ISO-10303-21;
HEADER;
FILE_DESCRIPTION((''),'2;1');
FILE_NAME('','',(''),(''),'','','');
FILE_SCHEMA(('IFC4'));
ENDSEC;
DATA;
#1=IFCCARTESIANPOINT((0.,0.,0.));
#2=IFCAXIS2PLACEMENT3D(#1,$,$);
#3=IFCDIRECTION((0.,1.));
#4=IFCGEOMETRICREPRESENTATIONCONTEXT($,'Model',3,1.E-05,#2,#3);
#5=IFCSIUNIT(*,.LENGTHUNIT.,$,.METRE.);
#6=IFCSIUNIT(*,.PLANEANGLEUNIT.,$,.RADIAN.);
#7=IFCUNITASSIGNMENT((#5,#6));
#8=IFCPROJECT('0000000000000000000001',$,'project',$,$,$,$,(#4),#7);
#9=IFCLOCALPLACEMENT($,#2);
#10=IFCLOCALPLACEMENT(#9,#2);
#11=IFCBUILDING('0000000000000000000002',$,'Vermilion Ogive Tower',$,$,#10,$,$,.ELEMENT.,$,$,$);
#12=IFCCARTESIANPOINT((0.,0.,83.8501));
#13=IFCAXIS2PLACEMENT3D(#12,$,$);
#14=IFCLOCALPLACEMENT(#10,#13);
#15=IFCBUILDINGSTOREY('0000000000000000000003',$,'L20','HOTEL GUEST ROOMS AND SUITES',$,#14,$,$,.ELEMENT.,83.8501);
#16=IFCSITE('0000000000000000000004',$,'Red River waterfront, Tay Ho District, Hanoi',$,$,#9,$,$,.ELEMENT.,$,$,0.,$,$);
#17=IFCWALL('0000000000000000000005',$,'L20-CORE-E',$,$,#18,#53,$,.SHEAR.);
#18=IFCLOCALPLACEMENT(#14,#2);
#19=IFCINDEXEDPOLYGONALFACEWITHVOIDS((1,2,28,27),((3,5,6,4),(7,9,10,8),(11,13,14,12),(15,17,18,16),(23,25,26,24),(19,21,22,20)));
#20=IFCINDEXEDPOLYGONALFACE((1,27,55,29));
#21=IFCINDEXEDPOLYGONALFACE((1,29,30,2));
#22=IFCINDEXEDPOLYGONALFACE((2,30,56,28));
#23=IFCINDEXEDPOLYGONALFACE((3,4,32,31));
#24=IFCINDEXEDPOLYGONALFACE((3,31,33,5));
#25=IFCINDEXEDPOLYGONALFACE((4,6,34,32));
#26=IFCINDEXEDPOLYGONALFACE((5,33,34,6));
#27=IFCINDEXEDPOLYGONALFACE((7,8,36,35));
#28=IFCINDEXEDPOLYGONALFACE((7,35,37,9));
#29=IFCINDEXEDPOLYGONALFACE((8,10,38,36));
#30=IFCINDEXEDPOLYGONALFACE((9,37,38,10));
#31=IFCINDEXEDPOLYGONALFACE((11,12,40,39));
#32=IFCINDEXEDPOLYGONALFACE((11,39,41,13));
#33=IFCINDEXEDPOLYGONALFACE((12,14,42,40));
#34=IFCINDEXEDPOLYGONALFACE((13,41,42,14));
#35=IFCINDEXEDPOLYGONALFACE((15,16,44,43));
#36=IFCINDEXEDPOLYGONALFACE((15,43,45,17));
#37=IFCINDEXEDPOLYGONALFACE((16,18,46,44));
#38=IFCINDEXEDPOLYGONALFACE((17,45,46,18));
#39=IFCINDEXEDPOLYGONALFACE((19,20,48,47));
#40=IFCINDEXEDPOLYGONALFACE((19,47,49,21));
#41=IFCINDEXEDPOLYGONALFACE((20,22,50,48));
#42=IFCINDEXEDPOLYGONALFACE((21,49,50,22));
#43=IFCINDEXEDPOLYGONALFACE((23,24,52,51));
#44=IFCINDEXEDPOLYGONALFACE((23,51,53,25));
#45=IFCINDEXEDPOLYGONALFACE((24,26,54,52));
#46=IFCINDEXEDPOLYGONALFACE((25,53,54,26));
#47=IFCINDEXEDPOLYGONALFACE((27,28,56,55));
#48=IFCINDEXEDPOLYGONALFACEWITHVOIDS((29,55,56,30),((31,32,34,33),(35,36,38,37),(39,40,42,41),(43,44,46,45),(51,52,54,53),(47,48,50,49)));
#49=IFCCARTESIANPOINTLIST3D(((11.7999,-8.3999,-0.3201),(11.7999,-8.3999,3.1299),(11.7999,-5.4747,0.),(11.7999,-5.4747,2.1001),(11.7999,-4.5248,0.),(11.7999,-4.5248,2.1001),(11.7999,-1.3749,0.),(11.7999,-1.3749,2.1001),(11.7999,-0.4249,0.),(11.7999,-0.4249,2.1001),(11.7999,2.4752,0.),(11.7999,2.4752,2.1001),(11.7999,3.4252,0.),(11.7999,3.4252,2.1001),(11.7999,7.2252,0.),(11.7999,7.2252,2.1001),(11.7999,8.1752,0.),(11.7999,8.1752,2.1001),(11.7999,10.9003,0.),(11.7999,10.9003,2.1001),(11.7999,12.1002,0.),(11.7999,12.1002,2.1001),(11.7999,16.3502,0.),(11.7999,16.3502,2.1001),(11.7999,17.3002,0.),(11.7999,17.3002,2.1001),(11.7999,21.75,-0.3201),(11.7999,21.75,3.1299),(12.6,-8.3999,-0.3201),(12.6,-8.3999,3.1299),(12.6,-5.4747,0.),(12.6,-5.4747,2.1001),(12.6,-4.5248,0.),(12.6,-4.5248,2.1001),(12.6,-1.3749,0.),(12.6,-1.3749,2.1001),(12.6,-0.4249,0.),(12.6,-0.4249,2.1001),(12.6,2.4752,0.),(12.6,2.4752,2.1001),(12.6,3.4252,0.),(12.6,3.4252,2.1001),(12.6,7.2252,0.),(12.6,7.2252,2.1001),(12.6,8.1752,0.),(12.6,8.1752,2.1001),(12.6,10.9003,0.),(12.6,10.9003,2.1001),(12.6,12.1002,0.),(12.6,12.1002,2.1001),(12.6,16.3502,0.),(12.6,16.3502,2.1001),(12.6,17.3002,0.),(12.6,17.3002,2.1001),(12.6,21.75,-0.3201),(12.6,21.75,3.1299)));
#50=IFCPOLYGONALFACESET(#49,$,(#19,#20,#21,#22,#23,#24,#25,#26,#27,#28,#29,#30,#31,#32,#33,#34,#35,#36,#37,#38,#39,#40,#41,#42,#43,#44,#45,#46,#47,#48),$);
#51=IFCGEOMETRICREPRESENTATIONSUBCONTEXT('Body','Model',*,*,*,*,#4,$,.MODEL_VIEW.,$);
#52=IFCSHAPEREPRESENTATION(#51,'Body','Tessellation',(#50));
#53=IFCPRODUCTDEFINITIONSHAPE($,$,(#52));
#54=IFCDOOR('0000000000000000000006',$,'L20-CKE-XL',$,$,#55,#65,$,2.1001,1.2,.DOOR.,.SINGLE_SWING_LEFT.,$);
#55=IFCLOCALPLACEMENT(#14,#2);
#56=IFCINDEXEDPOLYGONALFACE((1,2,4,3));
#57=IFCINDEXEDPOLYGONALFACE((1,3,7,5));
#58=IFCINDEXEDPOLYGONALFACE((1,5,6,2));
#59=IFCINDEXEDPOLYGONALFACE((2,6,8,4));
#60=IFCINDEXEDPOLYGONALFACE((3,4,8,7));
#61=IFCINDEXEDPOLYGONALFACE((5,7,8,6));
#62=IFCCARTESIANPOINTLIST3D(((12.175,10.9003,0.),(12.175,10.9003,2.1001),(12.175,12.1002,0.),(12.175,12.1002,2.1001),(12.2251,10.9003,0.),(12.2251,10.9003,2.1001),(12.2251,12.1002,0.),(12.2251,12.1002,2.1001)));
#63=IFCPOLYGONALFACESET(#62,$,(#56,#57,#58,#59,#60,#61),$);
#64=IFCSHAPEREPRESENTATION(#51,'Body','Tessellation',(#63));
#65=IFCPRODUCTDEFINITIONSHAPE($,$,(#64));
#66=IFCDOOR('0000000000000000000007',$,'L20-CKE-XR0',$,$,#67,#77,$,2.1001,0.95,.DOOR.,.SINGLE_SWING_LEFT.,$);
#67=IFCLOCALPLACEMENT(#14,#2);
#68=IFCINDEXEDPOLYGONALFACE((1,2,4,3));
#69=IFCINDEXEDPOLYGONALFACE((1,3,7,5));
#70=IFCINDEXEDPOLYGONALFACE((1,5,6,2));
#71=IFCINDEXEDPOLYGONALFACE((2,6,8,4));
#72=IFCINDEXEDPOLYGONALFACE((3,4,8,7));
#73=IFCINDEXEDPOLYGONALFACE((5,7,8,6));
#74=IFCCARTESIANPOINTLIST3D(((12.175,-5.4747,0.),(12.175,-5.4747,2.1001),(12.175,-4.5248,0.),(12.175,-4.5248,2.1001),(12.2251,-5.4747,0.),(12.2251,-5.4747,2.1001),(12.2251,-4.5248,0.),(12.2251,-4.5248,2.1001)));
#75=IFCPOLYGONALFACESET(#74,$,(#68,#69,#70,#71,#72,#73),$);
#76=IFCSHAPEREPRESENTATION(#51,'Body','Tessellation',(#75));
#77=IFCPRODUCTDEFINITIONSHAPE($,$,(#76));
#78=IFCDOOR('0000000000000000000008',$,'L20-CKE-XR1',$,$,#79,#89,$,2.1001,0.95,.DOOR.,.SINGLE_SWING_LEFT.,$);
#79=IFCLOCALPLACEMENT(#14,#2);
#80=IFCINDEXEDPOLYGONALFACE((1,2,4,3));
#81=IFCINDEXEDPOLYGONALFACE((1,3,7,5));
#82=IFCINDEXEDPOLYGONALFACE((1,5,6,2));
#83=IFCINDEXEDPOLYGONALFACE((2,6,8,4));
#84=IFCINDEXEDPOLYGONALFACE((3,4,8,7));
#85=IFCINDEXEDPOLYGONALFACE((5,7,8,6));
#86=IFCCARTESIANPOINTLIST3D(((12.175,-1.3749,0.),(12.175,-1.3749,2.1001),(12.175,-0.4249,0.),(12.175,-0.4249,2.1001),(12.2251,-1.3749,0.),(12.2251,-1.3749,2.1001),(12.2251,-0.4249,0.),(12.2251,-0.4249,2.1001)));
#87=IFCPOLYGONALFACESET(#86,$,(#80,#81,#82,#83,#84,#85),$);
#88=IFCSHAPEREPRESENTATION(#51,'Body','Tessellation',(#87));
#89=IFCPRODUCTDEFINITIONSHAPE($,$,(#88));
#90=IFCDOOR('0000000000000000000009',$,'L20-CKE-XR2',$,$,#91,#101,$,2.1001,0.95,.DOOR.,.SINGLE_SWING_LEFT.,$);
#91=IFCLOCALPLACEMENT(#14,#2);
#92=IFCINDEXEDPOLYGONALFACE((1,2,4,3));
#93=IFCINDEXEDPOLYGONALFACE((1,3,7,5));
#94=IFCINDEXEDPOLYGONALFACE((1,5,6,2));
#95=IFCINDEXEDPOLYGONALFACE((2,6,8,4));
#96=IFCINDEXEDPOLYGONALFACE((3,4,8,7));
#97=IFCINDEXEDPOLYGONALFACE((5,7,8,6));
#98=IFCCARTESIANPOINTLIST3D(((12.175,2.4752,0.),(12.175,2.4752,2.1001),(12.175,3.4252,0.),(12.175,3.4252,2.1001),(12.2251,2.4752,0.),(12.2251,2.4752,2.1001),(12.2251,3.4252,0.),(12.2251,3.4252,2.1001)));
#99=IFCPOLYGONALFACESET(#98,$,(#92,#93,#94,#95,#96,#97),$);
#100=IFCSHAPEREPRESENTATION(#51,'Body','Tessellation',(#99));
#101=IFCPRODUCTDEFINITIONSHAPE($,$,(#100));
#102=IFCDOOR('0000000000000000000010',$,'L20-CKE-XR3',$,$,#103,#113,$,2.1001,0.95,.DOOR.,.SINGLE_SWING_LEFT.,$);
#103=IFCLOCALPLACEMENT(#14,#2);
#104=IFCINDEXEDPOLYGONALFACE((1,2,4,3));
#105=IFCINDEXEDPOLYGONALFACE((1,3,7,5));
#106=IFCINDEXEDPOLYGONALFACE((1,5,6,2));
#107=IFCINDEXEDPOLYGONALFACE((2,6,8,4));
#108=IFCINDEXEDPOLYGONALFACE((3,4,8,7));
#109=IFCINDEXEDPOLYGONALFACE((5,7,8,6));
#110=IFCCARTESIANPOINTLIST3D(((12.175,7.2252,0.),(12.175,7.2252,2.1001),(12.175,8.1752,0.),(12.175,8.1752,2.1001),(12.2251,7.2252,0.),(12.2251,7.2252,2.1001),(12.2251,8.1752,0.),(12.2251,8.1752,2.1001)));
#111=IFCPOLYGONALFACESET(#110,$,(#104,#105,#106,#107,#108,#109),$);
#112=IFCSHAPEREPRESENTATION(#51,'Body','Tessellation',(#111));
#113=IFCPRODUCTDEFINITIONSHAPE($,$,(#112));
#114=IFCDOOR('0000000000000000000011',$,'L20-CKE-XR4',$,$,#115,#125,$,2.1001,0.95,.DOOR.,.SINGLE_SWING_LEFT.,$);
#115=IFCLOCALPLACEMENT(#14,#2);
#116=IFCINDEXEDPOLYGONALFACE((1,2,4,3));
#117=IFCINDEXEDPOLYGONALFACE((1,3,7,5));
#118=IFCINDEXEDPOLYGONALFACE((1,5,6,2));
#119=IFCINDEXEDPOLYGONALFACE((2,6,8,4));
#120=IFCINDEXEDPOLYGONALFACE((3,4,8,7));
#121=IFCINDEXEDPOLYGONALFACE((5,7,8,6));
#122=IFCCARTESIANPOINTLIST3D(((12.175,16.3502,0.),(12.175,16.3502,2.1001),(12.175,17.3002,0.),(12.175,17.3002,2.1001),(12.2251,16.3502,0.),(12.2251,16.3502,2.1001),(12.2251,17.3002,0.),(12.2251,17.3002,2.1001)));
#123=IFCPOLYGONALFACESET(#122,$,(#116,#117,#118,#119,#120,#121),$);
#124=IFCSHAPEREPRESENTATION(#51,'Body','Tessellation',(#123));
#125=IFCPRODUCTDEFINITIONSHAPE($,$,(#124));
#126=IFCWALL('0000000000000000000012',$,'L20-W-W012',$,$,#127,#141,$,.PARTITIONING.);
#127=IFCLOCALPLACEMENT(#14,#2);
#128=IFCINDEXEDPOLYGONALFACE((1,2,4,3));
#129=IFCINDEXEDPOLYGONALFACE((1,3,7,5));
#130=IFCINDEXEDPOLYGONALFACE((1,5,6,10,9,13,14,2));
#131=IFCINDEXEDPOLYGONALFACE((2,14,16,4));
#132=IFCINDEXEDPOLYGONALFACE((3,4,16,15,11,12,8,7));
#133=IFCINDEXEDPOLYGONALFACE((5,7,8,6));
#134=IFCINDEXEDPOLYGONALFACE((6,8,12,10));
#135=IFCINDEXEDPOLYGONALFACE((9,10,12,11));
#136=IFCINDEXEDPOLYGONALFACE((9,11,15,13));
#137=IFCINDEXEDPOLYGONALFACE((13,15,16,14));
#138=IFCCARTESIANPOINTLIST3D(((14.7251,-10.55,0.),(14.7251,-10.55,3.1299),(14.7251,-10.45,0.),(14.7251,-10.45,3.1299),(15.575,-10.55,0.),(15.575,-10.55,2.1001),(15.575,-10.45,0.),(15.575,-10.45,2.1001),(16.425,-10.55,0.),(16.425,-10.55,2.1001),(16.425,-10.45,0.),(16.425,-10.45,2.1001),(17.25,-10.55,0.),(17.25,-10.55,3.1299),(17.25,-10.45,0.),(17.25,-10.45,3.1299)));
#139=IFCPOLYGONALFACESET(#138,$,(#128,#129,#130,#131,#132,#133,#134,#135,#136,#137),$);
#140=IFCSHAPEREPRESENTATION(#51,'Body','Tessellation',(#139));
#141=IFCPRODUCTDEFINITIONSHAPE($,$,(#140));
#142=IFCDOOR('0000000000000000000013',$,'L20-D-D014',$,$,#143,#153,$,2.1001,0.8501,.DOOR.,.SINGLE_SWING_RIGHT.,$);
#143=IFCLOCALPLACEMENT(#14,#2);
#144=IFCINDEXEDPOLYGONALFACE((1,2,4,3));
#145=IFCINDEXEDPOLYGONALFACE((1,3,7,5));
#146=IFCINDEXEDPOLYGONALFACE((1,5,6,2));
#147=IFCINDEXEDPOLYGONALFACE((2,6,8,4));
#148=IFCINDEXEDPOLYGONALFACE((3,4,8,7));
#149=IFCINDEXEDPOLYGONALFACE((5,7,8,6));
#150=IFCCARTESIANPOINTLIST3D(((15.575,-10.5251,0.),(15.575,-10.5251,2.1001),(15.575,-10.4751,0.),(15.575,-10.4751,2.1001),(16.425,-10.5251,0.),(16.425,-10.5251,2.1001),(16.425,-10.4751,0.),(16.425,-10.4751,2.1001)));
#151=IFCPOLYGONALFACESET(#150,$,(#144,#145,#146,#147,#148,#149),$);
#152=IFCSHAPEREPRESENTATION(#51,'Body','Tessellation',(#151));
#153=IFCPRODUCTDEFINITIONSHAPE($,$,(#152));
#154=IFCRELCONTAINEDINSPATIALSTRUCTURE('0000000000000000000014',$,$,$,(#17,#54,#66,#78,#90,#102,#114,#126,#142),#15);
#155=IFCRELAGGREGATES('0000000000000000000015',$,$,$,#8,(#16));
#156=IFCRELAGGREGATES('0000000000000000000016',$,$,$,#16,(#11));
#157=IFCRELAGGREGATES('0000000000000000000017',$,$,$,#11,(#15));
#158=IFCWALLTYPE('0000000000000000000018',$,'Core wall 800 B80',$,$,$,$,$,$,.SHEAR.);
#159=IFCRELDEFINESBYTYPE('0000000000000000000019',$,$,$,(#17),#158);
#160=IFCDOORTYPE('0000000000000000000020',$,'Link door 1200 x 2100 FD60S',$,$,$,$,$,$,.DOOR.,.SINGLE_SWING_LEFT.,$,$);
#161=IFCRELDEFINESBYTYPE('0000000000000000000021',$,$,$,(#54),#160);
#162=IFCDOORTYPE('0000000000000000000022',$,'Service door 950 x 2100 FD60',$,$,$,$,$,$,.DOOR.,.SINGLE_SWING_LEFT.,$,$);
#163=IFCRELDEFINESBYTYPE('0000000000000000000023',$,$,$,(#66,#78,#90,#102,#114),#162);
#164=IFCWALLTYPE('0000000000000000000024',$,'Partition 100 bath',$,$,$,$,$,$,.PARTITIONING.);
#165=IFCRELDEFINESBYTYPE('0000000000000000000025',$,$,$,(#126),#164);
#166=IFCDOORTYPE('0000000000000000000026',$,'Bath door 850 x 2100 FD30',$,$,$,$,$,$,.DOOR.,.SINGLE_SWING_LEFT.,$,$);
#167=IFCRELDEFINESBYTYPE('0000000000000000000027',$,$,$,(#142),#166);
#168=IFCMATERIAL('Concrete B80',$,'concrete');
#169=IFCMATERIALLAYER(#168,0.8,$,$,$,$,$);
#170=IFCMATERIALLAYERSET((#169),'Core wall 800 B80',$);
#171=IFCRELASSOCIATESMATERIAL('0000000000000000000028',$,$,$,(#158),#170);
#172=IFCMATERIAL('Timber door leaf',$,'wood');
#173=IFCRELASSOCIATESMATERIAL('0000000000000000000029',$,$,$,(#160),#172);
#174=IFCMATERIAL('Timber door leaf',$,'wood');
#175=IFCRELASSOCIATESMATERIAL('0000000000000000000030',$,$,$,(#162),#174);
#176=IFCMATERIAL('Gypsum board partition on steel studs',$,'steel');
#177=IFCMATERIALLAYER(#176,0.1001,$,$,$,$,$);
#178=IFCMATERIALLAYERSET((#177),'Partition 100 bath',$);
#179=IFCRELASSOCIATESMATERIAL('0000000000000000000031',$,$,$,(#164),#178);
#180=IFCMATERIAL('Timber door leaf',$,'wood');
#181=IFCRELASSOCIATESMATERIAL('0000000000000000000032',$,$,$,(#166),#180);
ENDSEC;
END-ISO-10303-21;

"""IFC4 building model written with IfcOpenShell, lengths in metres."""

from ifc_helpers import new_model, si_unit, direction, frame, frame_2d, origin, place, context, subcontext, project, spatial, rectangle, extrude, material, layer, layer_set, type_object, element, fill, save


model = new_model("IFC4")

# Units and contexts
model_context = context("Model", 3, precision=1e-05, world=origin(), true_north=direction((0.0, 1.0)))
body_context = subcontext(model_context, "Body", "Model", "MODEL_VIEW")
ifc_project = project(units=[si_unit("LENGTHUNIT", "METRE"), si_unit("PLANEANGLEUNIT", "RADIAN")], contexts=[model_context])

# Site, building, storey
site_placement = place(None, origin())
site = spatial("IfcSite", under=ifc_project, at=site_placement, Name="Red River waterfront, Tay Ho District, Hanoi", CompositionType="ELEMENT", RefElevation=0.0)
building_placement = place(site_placement, origin())
building = spatial("IfcBuilding", under=site, at=building_placement, Name="Vermilion Ogive Tower", CompositionType="ELEMENT")
storey_placement = place(building_placement, frame((0.0, 0.0, 83.8501)))
storey = spatial("IfcBuildingStorey", under=building, at=storey_placement, Name="L20", Description="HOTEL GUEST ROOMS AND SUITES", CompositionType="ELEMENT", Elevation=83.8501)

# Wall, openings, doors
ifc_material_1 = material(Name="Concrete B80", Category="concrete")
ifc_layer_1 = layer(ifc_material_1, 0.8)
ifc_layer_set_1 = layer_set([ifc_layer_1], Name="Core wall 800 B80")
wall_type_1 = type_object("IfcWallType", Name="Core wall 800 B80", PredefinedType="SHEAR", material=ifc_layer_set_1)
wall_1_placement = place(storey_placement, frame((12.2, -8.3999, -0.3201), z_axis=(0.0, 0.0, 1.0), x_axis=(0.0, 1.0, 0.0)))
wall_1 = element("IfcWall", 1, at=wall_1_placement, inside=storey, type_object=wall_type_1, Name="L20-CORE-E", PredefinedType="SHEAR", context=body_context, shape_type="SweptSolid", body=[
    extrude(rectangle(XDim=30.1499, YDim=0.8, at=frame_2d((15.075, 0.0))), origin(), (0.0, 0.0, 1.0), 3.45),
])
opening_1_placement = place(wall_1_placement, frame((2.925, 0.0, 0.3201)))
opening_1 = element("IfcOpeningElement", 2, at=opening_1_placement, cuts=wall_1, PredefinedType="OPENING", context=body_context, shape_type="SweptSolid", body=[
    extrude(rectangle(XDim=0.95, YDim=2.1001, at=frame_2d((0.4751, 1.05))), frame((0.0, 0.4099, 0.0), z_axis=(0.0, -1.0, 0.0), x_axis=(1.0, 0.0, 0.0)), (0.0, 0.0, 1.0), 0.8201),
])
opening_2_placement = place(wall_1_placement, frame((7.0249, 0.0, 0.3201)))
opening_2 = element("IfcOpeningElement", 3, at=opening_2_placement, cuts=wall_1, PredefinedType="OPENING", context=body_context, shape_type="SweptSolid", body=[
    extrude(rectangle(XDim=0.95, YDim=2.1001, at=frame_2d((0.4751, 1.05))), frame((0.0, 0.4099, 0.0), z_axis=(0.0, -1.0, 0.0), x_axis=(1.0, 0.0, 0.0)), (0.0, 0.0, 1.0), 0.8201),
])
opening_3_placement = place(wall_1_placement, frame((10.875, 0.0, 0.3201)))
opening_3 = element("IfcOpeningElement", 4, at=opening_3_placement, cuts=wall_1, PredefinedType="OPENING", context=body_context, shape_type="SweptSolid", body=[
    extrude(rectangle(XDim=0.95, YDim=2.1001, at=frame_2d((0.4751, 1.05))), frame((0.0, 0.4099, 0.0), z_axis=(0.0, -1.0, 0.0), x_axis=(1.0, 0.0, 0.0)), (0.0, 0.0, 1.0), 0.8201),
])
opening_4_placement = place(wall_1_placement, frame((15.625, 0.0, 0.3201)))
opening_4 = element("IfcOpeningElement", 5, at=opening_4_placement, cuts=wall_1, PredefinedType="OPENING", context=body_context, shape_type="SweptSolid", body=[
    extrude(rectangle(XDim=0.95, YDim=2.1001, at=frame_2d((0.4751, 1.05))), frame((0.0, 0.4099, 0.0), z_axis=(0.0, -1.0, 0.0), x_axis=(1.0, 0.0, 0.0)), (0.0, 0.0, 1.0), 0.8201),
])
opening_5_placement = place(wall_1_placement, frame((24.75, 0.0, 0.3201)))
opening_5 = element("IfcOpeningElement", 6, at=opening_5_placement, cuts=wall_1, PredefinedType="OPENING", context=body_context, shape_type="SweptSolid", body=[
    extrude(rectangle(XDim=0.95, YDim=2.1001, at=frame_2d((0.4751, 1.05))), frame((0.0, 0.4099, 0.0), z_axis=(0.0, -1.0, 0.0), x_axis=(1.0, 0.0, 0.0)), (0.0, 0.0, 1.0), 0.8201),
])
opening_6_placement = place(wall_1_placement, frame((19.3, 0.0, 0.3201)))
opening_6 = element("IfcOpeningElement", 7, at=opening_6_placement, cuts=wall_1, PredefinedType="OPENING", context=body_context, shape_type="SweptSolid", body=[
    extrude(rectangle(XDim=1.2, YDim=2.1001, at=frame_2d((0.6001, 1.05))), frame((0.0, 0.4099, 0.0), z_axis=(0.0, -1.0, 0.0), x_axis=(1.0, 0.0, 0.0)), (0.0, 0.0, 1.0), 0.8201),
])
ifc_material_2 = material(Name="Timber door leaf", Category="wood")
door_type_1 = type_object("IfcDoorType", Name="Link door 1200 x 2100 FD60S", OperationType="SINGLE_SWING_LEFT", PredefinedType="DOOR", material=ifc_material_2)
door_1_placement = place(opening_6_placement, origin())
door_1 = element("IfcDoor", 8, at=door_1_placement, inside=storey, type_object=door_type_1, Name="L20-CKE-XL", OperationType="SINGLE_SWING_LEFT", OverallHeight=2.1001, OverallWidth=1.2, PredefinedType="DOOR", context=body_context, shape_type="SweptSolid", body=[
    extrude(rectangle(XDim=1.2, YDim=2.1001, at=frame_2d((0.6001, 1.05))), frame((0.0, 0.0249, 0.0), z_axis=(0.0, -1.0, 0.0), x_axis=(1.0, 0.0, 0.0)), (0.0, 0.0, 1.0), 0.05),
])
fill(opening_6, door_1)
ifc_material_3 = material(Name="Timber door leaf", Category="wood")
door_type_2 = type_object("IfcDoorType", Name="Service door 950 x 2100 FD60", OperationType="SINGLE_SWING_LEFT", PredefinedType="DOOR", material=ifc_material_3)
door_2_placement = place(opening_1_placement, origin())
door_2 = element("IfcDoor", 9, at=door_2_placement, inside=storey, type_object=door_type_2, Name="L20-CKE-XR0", OperationType="SINGLE_SWING_LEFT", OverallHeight=2.1001, OverallWidth=0.95, PredefinedType="DOOR", context=body_context, shape_type="SweptSolid", body=[
    extrude(rectangle(XDim=0.95, YDim=2.1001, at=frame_2d((0.4751, 1.05))), frame((0.0, 0.0249, 0.0), z_axis=(0.0, -1.0, 0.0), x_axis=(1.0, 0.0, 0.0)), (0.0, 0.0, 1.0), 0.05),
])
fill(opening_1, door_2)
door_3_placement = place(opening_2_placement, origin())
door_3 = element("IfcDoor", 10, at=door_3_placement, inside=storey, type_object=door_type_2, Name="L20-CKE-XR1", OperationType="SINGLE_SWING_LEFT", OverallHeight=2.1001, OverallWidth=0.95, PredefinedType="DOOR", context=body_context, shape_type="SweptSolid", body=[
    extrude(rectangle(XDim=0.95, YDim=2.1001, at=frame_2d((0.4751, 1.05))), frame((0.0, 0.0249, 0.0), z_axis=(0.0, -1.0, 0.0), x_axis=(1.0, 0.0, 0.0)), (0.0, 0.0, 1.0), 0.05),
])
fill(opening_2, door_3)
door_4_placement = place(opening_3_placement, origin())
door_4 = element("IfcDoor", 11, at=door_4_placement, inside=storey, type_object=door_type_2, Name="L20-CKE-XR2", OperationType="SINGLE_SWING_LEFT", OverallHeight=2.1001, OverallWidth=0.95, PredefinedType="DOOR", context=body_context, shape_type="SweptSolid", body=[
    extrude(rectangle(XDim=0.95, YDim=2.1001, at=frame_2d((0.4751, 1.05))), frame((0.0, 0.0249, 0.0), z_axis=(0.0, -1.0, 0.0), x_axis=(1.0, 0.0, 0.0)), (0.0, 0.0, 1.0), 0.05),
])
fill(opening_3, door_4)
door_5_placement = place(opening_4_placement, origin())
door_5 = element("IfcDoor", 12, at=door_5_placement, inside=storey, type_object=door_type_2, Name="L20-CKE-XR3", OperationType="SINGLE_SWING_LEFT", OverallHeight=2.1001, OverallWidth=0.95, PredefinedType="DOOR", context=body_context, shape_type="SweptSolid", body=[
    extrude(rectangle(XDim=0.95, YDim=2.1001, at=frame_2d((0.4751, 1.05))), frame((0.0, 0.0249, 0.0), z_axis=(0.0, -1.0, 0.0), x_axis=(1.0, 0.0, 0.0)), (0.0, 0.0, 1.0), 0.05),
])
fill(opening_4, door_5)
door_6_placement = place(opening_5_placement, origin())
door_6 = element("IfcDoor", 13, at=door_6_placement, inside=storey, type_object=door_type_2, Name="L20-CKE-XR4", OperationType="SINGLE_SWING_LEFT", OverallHeight=2.1001, OverallWidth=0.95, PredefinedType="DOOR", context=body_context, shape_type="SweptSolid", body=[
    extrude(rectangle(XDim=0.95, YDim=2.1001, at=frame_2d((0.4751, 1.05))), frame((0.0, 0.0249, 0.0), z_axis=(0.0, -1.0, 0.0), x_axis=(1.0, 0.0, 0.0)), (0.0, 0.0, 1.0), 0.05),
])
fill(opening_5, door_6)

# Wall, opening, door
ifc_material_4 = material(Name="Gypsum board partition on steel studs", Category="steel")
ifc_layer_2 = layer(ifc_material_4, 0.1001)
ifc_layer_set_2 = layer_set([ifc_layer_2], Name="Partition 100 bath")
wall_type_2 = type_object("IfcWallType", Name="Partition 100 bath", PredefinedType="PARTITIONING", material=ifc_layer_set_2)
wall_2_placement = place(storey_placement, frame((14.7251, -10.5, 0.0), z_axis=(0.0, 0.0, 1.0), x_axis=(1.0, 0.0, 0.0)))
wall_2 = element("IfcWall", 14, at=wall_2_placement, inside=storey, type_object=wall_type_2, Name="L20-W-W012", PredefinedType="PARTITIONING", context=body_context, shape_type="SweptSolid", body=[
    extrude(rectangle(XDim=2.5249, YDim=0.1001, at=frame_2d((1.2625, 0.0))), origin(), (0.0, 0.0, 1.0), 3.1299),
])
opening_7_placement = place(wall_2_placement, frame((0.8499, 0.0, 0.0)))
opening_7 = element("IfcOpeningElement", 15, at=opening_7_placement, cuts=wall_2, PredefinedType="OPENING", context=body_context, shape_type="SweptSolid", body=[
    extrude(rectangle(XDim=0.8501, YDim=2.1001, at=frame_2d((0.425, 1.05))), frame((0.0, 0.0601, 0.0), z_axis=(0.0, -1.0, 0.0), x_axis=(1.0, 0.0, 0.0)), (0.0, 0.0, 1.0), 0.1201),
])
ifc_material_5 = material(Name="Timber door leaf", Category="wood")
door_type_3 = type_object("IfcDoorType", Name="Bath door 850 x 2100 FD30", OperationType="SINGLE_SWING_LEFT", PredefinedType="DOOR", material=ifc_material_5)
door_7_placement = place(opening_7_placement, origin())
door_7 = element("IfcDoor", 16, at=door_7_placement, inside=storey, type_object=door_type_3, Name="L20-D-D014", OperationType="SINGLE_SWING_RIGHT", OverallHeight=2.1001, OverallWidth=0.8501, PredefinedType="DOOR", context=body_context, shape_type="SweptSolid", body=[
    extrude(rectangle(XDim=0.8501, YDim=2.1001, at=frame_2d((0.425, 1.05))), frame((0.0, 0.0249, 0.0), z_axis=(0.0, -1.0, 0.0), x_axis=(1.0, 0.0, 0.0)), (0.0, 0.0, 1.0), 0.05),
])
fill(opening_7, door_7)

save(model, "model.ifc")
